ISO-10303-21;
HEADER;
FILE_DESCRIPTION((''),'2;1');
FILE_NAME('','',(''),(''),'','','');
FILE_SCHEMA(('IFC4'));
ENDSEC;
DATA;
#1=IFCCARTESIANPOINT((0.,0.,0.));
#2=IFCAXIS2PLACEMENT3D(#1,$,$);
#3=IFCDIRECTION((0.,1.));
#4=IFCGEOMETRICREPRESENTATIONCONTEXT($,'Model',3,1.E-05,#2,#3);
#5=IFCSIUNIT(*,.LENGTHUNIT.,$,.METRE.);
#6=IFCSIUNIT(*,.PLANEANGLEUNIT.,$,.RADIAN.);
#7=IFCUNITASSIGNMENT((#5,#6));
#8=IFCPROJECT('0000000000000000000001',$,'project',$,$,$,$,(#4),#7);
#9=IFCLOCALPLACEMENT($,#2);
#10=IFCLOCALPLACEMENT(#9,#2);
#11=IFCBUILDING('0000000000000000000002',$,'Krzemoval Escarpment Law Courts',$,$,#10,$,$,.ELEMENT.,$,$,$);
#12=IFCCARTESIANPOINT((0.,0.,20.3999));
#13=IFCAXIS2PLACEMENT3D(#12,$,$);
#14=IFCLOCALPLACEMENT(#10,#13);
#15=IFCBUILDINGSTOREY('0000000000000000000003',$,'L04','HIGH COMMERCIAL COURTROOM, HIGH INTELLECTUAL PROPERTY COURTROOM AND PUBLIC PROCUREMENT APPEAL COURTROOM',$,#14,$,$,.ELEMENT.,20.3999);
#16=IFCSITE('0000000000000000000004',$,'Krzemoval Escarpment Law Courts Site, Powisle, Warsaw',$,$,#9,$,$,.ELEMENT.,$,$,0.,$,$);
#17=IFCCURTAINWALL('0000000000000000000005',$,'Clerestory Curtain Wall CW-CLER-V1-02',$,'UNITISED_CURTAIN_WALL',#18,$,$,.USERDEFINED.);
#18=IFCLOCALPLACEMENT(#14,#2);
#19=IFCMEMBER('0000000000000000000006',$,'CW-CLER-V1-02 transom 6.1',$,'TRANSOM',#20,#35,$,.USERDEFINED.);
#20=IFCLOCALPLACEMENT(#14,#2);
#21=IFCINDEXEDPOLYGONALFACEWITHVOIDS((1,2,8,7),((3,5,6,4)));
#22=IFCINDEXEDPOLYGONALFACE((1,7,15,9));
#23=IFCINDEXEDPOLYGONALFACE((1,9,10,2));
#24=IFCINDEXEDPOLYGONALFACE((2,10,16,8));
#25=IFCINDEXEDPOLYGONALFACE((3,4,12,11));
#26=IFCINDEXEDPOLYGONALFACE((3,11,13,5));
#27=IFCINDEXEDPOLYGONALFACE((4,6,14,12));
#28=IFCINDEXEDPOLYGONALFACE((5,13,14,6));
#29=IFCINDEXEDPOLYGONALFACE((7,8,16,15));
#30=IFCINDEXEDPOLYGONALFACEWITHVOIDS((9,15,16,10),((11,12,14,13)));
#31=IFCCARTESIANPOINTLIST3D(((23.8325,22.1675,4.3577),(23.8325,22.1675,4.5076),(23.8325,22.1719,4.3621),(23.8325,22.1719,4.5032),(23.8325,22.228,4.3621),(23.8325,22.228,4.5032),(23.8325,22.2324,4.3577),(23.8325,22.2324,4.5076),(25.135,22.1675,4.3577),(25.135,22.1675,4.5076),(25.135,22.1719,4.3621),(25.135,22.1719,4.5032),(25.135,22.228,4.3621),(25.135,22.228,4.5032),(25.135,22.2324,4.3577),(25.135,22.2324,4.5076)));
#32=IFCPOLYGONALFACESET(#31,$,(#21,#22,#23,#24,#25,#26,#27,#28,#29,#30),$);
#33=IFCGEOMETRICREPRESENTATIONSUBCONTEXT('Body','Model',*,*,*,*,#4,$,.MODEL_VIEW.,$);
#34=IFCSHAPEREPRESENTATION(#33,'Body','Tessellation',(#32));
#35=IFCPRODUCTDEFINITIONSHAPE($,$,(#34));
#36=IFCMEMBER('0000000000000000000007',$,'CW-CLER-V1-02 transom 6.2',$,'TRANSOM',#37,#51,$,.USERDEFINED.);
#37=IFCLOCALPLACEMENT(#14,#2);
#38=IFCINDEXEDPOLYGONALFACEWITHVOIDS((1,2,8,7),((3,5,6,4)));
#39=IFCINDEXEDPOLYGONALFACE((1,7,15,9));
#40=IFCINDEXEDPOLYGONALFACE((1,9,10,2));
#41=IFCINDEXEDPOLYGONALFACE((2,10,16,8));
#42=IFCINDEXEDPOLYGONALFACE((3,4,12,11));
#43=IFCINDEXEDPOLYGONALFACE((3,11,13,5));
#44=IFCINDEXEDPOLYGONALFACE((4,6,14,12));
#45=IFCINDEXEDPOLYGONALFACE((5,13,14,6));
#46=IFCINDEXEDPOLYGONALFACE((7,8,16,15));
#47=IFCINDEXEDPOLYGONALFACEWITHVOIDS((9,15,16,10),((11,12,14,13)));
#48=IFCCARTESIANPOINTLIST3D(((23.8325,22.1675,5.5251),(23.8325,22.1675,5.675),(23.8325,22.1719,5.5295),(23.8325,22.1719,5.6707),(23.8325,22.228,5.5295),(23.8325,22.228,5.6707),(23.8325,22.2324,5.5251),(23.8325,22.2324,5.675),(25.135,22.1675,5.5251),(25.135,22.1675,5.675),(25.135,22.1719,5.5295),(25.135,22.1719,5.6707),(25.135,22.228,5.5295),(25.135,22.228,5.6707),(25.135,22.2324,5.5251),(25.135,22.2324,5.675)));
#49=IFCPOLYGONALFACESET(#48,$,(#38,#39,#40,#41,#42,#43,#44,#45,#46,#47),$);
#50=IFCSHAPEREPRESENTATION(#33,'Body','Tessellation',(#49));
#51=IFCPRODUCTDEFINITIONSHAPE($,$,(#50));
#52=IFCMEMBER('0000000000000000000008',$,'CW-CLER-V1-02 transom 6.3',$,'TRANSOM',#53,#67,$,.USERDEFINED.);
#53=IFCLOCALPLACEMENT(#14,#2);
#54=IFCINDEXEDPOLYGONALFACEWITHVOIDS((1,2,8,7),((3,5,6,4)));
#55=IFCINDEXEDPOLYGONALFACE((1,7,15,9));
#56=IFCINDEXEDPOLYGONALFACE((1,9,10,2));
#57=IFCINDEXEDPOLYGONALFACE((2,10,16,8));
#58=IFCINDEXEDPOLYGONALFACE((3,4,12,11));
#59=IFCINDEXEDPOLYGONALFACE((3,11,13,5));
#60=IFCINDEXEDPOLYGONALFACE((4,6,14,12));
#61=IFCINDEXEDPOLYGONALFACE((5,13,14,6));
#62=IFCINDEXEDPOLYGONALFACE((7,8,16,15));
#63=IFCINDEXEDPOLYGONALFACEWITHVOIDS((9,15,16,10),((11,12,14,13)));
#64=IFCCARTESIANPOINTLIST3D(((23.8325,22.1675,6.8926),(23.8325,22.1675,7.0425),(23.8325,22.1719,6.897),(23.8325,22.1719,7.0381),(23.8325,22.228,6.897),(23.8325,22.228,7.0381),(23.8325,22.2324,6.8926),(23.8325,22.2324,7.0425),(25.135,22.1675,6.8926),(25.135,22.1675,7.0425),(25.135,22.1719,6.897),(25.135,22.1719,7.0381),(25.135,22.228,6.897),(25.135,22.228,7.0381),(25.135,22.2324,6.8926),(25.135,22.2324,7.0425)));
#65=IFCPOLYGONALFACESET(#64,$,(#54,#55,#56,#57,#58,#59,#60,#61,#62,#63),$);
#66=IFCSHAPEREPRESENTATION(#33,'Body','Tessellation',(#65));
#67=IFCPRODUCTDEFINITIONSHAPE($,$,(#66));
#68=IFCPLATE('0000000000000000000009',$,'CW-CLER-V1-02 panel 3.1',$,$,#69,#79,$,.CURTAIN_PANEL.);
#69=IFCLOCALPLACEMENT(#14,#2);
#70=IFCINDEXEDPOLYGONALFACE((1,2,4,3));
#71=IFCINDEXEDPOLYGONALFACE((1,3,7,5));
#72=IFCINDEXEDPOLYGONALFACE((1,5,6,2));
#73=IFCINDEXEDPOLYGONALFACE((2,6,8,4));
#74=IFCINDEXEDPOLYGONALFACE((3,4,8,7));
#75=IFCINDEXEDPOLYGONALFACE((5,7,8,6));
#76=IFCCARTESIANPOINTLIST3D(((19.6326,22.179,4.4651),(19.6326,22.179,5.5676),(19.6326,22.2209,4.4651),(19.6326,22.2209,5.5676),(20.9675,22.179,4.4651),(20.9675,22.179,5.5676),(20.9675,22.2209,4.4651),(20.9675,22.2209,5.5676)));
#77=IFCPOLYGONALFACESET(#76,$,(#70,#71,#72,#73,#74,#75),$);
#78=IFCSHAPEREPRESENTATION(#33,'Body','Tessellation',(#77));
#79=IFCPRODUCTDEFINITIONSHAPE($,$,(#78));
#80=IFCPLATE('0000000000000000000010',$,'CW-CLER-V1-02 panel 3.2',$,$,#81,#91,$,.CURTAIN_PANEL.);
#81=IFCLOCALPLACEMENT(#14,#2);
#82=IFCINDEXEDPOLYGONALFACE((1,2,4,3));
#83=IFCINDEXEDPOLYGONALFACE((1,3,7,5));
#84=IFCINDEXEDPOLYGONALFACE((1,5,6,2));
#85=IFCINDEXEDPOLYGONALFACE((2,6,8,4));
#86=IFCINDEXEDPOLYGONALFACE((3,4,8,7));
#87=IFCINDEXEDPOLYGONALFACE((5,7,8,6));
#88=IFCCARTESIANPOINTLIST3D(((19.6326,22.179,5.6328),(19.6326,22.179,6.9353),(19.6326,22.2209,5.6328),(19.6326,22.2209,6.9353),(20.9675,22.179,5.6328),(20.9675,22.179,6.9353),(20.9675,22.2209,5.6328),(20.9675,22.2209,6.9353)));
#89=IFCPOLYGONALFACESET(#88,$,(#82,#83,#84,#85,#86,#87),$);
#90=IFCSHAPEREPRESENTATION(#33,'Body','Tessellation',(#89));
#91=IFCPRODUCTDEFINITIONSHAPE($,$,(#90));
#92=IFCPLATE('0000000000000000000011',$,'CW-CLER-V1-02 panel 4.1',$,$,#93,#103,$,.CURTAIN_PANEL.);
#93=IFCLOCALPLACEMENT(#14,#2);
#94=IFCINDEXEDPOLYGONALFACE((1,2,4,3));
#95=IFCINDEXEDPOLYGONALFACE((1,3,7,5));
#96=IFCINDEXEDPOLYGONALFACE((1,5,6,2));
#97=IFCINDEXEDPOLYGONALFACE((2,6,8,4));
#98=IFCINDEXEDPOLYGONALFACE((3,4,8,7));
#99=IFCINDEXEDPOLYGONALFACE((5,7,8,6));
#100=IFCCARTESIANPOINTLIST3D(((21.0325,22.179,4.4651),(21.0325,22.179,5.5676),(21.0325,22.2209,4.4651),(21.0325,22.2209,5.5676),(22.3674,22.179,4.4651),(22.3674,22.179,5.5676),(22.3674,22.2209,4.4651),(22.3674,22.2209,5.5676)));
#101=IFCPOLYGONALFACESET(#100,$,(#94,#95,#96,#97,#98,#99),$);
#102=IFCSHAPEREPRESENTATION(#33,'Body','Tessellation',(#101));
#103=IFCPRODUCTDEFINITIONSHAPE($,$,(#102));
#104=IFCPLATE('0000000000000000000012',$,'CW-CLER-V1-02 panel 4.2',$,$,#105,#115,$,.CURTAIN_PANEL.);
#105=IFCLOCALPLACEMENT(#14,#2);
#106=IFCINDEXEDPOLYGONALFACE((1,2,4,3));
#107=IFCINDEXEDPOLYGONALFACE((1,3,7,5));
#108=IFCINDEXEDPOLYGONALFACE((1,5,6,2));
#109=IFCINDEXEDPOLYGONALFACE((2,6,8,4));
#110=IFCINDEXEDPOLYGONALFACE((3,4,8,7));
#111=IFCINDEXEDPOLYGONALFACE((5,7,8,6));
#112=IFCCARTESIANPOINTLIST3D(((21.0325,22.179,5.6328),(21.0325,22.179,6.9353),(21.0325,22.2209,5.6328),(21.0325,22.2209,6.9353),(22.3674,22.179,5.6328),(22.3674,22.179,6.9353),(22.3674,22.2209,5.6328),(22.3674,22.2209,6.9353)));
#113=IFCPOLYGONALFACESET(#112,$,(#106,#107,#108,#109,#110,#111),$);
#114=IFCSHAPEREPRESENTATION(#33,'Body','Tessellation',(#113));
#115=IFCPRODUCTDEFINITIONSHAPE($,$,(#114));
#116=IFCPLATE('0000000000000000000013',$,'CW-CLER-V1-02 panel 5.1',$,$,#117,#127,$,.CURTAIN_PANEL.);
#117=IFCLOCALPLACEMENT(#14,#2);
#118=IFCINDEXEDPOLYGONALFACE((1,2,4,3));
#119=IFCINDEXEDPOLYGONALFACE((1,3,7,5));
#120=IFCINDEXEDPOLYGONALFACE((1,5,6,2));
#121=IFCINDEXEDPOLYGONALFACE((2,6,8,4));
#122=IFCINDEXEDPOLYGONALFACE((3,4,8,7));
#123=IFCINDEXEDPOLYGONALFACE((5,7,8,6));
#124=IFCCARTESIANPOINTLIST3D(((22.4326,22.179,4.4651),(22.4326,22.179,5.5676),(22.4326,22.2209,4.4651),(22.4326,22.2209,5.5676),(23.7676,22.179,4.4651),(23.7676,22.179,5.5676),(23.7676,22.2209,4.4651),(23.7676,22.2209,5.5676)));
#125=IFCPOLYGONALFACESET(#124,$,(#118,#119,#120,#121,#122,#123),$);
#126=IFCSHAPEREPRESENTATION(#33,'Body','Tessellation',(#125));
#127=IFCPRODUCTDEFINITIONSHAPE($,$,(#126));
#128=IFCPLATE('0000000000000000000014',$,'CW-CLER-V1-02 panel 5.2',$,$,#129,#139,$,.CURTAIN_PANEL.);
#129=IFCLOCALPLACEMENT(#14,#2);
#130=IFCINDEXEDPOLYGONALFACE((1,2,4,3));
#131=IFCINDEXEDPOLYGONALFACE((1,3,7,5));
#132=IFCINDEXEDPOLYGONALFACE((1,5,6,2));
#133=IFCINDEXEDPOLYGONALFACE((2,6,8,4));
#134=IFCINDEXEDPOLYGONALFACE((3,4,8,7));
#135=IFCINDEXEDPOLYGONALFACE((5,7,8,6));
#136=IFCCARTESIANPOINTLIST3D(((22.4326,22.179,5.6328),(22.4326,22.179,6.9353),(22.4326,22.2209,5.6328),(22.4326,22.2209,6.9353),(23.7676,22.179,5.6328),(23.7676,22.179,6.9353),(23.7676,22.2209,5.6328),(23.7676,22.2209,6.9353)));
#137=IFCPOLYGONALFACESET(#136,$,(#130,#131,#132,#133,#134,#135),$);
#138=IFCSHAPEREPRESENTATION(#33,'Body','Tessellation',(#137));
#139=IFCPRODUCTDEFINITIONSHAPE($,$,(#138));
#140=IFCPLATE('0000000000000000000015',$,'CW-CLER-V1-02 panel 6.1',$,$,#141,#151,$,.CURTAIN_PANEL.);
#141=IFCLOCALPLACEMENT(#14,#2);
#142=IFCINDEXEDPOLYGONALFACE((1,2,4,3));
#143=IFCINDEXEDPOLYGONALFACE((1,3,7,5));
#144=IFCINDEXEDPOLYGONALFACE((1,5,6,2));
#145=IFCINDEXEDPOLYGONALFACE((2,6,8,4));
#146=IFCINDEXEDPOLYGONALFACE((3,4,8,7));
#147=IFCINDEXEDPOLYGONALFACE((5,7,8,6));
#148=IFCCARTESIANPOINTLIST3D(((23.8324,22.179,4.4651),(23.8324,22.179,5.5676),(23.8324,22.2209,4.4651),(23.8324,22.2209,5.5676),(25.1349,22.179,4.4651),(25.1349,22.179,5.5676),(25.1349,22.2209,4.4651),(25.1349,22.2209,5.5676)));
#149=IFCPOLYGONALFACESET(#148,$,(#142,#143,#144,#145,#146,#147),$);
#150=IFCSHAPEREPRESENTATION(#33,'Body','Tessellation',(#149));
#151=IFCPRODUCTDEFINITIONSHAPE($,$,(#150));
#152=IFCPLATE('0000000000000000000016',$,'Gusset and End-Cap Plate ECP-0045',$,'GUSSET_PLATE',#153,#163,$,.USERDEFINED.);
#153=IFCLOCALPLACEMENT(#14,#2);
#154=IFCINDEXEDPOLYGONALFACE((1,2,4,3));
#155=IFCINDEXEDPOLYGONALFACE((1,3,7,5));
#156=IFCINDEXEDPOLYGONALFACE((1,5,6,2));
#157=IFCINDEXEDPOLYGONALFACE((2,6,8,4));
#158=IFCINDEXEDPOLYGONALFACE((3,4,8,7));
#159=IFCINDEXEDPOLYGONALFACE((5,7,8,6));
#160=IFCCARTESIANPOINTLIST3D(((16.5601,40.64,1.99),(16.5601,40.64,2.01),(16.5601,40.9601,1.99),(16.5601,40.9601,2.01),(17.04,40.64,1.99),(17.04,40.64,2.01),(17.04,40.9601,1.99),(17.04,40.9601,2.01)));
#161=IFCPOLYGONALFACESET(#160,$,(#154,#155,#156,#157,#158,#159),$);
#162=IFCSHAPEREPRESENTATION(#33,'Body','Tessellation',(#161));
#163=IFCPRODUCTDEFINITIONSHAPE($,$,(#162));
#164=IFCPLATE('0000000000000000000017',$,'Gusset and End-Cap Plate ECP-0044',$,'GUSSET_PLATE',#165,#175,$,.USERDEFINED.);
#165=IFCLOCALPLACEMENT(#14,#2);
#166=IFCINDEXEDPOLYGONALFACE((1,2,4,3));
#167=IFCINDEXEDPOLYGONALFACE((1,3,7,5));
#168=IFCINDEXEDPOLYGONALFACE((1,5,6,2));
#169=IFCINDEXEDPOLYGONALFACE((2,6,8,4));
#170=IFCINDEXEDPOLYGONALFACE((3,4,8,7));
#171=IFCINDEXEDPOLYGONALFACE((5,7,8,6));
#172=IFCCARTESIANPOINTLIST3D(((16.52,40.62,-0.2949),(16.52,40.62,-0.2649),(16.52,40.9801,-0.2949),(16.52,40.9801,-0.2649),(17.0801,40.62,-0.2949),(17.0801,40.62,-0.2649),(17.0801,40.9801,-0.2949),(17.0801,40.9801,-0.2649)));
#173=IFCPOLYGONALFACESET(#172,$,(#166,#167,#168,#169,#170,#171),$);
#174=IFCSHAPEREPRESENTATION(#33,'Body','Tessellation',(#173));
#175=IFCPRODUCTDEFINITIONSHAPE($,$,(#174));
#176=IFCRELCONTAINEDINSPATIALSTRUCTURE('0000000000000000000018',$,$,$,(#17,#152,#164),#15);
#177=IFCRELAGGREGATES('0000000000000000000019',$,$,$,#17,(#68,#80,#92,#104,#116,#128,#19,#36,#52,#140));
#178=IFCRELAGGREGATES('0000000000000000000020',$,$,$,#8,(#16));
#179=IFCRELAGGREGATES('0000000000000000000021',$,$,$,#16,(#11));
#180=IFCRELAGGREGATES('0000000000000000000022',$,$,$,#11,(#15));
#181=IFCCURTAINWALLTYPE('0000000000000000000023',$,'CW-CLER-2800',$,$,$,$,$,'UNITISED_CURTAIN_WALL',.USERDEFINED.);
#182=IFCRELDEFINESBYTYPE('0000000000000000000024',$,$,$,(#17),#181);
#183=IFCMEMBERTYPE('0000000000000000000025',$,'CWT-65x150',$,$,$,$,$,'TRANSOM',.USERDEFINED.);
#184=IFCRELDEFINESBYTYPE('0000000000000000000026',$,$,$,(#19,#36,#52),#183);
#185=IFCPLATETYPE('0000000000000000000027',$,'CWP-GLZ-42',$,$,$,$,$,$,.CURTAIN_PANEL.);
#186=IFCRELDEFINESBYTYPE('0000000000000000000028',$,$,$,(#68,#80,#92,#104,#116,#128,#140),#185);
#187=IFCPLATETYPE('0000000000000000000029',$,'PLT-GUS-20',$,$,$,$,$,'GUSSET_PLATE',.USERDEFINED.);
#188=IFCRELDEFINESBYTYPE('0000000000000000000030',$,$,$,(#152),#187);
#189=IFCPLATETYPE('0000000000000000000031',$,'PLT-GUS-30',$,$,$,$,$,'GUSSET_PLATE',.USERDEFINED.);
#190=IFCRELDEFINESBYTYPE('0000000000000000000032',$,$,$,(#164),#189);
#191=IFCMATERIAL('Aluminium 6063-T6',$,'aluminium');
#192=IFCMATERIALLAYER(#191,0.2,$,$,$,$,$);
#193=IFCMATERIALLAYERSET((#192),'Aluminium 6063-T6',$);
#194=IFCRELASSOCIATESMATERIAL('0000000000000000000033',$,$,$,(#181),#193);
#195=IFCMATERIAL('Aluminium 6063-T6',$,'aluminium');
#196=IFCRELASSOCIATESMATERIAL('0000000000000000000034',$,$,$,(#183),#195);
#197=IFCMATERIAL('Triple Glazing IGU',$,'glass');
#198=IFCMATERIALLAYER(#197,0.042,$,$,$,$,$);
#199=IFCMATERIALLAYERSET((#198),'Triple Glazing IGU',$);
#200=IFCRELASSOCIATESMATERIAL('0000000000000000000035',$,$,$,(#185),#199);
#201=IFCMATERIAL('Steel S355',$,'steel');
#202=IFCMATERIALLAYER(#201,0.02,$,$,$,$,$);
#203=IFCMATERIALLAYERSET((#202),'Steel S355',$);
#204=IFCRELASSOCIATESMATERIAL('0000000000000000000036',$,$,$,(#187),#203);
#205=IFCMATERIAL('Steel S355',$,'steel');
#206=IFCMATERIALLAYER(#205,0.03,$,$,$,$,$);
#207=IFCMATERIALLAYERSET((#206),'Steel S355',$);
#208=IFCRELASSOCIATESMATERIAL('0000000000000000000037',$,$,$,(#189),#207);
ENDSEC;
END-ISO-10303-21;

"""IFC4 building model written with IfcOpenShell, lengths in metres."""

from ifc_helpers import new_model, si_unit, direction, frame, origin, origin_2d, place, context, subcontext, project, spatial, rectangle, hollow_rectangle, extrude, material, layer, layer_set, material_profile, profile_set, type_object, element, aggregate, save


model = new_model("IFC4")

# Units and contexts
model_context = context("Model", 3, precision=1e-05, world=origin(), true_north=direction((0.0, 1.0)))
body_context = subcontext(model_context, "Body", "Model", "MODEL_VIEW")
ifc_project = project(units=[si_unit("LENGTHUNIT", "METRE"), si_unit("PLANEANGLEUNIT", "RADIAN")], contexts=[model_context])

# Site, building, storey
site_placement = place(None, origin())
site = spatial("IfcSite", under=ifc_project, at=site_placement, Name="Krzemoval Escarpment Law Courts Site, Powisle, Warsaw", CompositionType="ELEMENT", RefElevation=0.0)
building_placement = place(site_placement, origin())
building = spatial("IfcBuilding", under=site, at=building_placement, Name="Krzemoval Escarpment Law Courts", CompositionType="ELEMENT")
storey_placement = place(building_placement, frame((0.0, 0.0, 20.3999)))
storey = spatial("IfcBuildingStorey", under=building, at=storey_placement, Name="L04", Description="HIGH COMMERCIAL COURTROOM, HIGH INTELLECTUAL PROPERTY COURTROOM AND PUBLIC PROCUREMENT APPEAL COURTROOM", CompositionType="ELEMENT", Elevation=20.3999)

# Curtain wall, members, plates
ifc_material_1 = material(Name="Aluminium 6063-T6", Category="aluminium")
ifc_layer_1 = layer(ifc_material_1, 0.2)
ifc_layer_set_1 = layer_set([ifc_layer_1], Name="Aluminium 6063-T6")
curtain_wall_type = type_object("IfcCurtainWallType", Name="CW-CLER-2800", ElementType="UNITISED_CURTAIN_WALL", PredefinedType="USERDEFINED", material=ifc_layer_set_1)
curtain_wall_placement = place(storey_placement, origin())
curtain_wall = element("IfcCurtainWall", 1, at=curtain_wall_placement, inside=storey, type_object=curtain_wall_type, Name="Clerestory Curtain Wall CW-CLER-V1-02", ObjectType="UNITISED_CURTAIN_WALL", PredefinedType="USERDEFINED")
ifc_material_2 = material(Name="Aluminium 6063-T6", Category="aluminium")
ifc_material_profile_1 = material_profile(ifc_material_2, hollow_rectangle(XDim=0.0649, YDim=0.1499, WallThickness=0.0044, at=origin_2d()), Name="ALU T65x150")
ifc_profile_set_1 = profile_set([ifc_material_profile_1], Name="Aluminium 6063-T6")
member_type_1 = type_object("IfcMemberType", Name="CWT-65x150", ElementType="TRANSOM", PredefinedType="USERDEFINED", material=ifc_profile_set_1)
member_1_placement = place(storey_placement, frame((23.8325, 22.2, 4.4326), z_axis=(1.0, 0.0, 0.0), x_axis=(0.0, 1.0, 0.0)))
member_1 = element("IfcMember", 2, at=member_1_placement, type_object=member_type_1, Name="CW-CLER-V1-02 transom 6.1", ObjectType="TRANSOM", PredefinedType="USERDEFINED", context=body_context, shape_type="SweptSolid", body=[
    extrude(hollow_rectangle(XDim=0.0649, YDim=0.1499, WallThickness=0.0044, at=origin_2d()), origin(), (0.0, 0.0, 1.0), 1.3025),
])
member_2_placement = place(storey_placement, frame((23.8325, 22.2, 5.6001), z_axis=(1.0, 0.0, 0.0), x_axis=(0.0, 1.0, 0.0)))
member_2 = element("IfcMember", 3, at=member_2_placement, type_object=member_type_1, Name="CW-CLER-V1-02 transom 6.2", ObjectType="TRANSOM", PredefinedType="USERDEFINED", context=body_context, shape_type="SweptSolid", body=[
    extrude(hollow_rectangle(XDim=0.0649, YDim=0.1499, WallThickness=0.0044, at=origin_2d()), origin(), (0.0, 0.0, 1.0), 1.3025),
])
member_3_placement = place(storey_placement, frame((23.8325, 22.2, 6.9675), z_axis=(1.0, 0.0, 0.0), x_axis=(0.0, 1.0, 0.0)))
member_3 = element("IfcMember", 4, at=member_3_placement, type_object=member_type_1, Name="CW-CLER-V1-02 transom 6.3", ObjectType="TRANSOM", PredefinedType="USERDEFINED", context=body_context, shape_type="SweptSolid", body=[
    extrude(hollow_rectangle(XDim=0.0649, YDim=0.1499, WallThickness=0.0044, at=origin_2d()), origin(), (0.0, 0.0, 1.0), 1.3025),
])
ifc_material_3 = material(Name="Triple Glazing IGU", Category="glass")
ifc_layer_2 = layer(ifc_material_3, 0.042)
ifc_layer_set_2 = layer_set([ifc_layer_2], Name="Triple Glazing IGU")
plate_type_1 = type_object("IfcPlateType", Name="CWP-GLZ-42", PredefinedType="CURTAIN_PANEL", material=ifc_layer_set_2)
plate_1_placement = place(storey_placement, frame((20.3, 22.2, 4.4651), z_axis=(0.0, 0.0, 1.0), x_axis=(1.0, 0.0, 0.0)))
plate_1 = element("IfcPlate", 5, at=plate_1_placement, type_object=plate_type_1, Name="CW-CLER-V1-02 panel 3.1", PredefinedType="CURTAIN_PANEL", context=body_context, shape_type="SweptSolid", body=[
    extrude(rectangle(XDim=1.335, YDim=0.042, at=origin_2d()), origin(), (0.0, 0.0, 1.0), 1.1025),
])
plate_2_placement = place(storey_placement, frame((20.3, 22.2, 5.6328), z_axis=(0.0, 0.0, 1.0), x_axis=(1.0, 0.0, 0.0)))
plate_2 = element("IfcPlate", 6, at=plate_2_placement, type_object=plate_type_1, Name="CW-CLER-V1-02 panel 3.2", PredefinedType="CURTAIN_PANEL", context=body_context, shape_type="SweptSolid", body=[
    extrude(rectangle(XDim=1.335, YDim=0.042, at=origin_2d()), origin(), (0.0, 0.0, 1.0), 1.3025),
])
plate_3_placement = place(storey_placement, frame((21.7, 22.2, 4.4651), z_axis=(0.0, 0.0, 1.0), x_axis=(1.0, 0.0, 0.0)))
plate_3 = element("IfcPlate", 7, at=plate_3_placement, type_object=plate_type_1, Name="CW-CLER-V1-02 panel 4.1", PredefinedType="CURTAIN_PANEL", context=body_context, shape_type="SweptSolid", body=[
    extrude(rectangle(XDim=1.335, YDim=0.042, at=origin_2d()), origin(), (0.0, 0.0, 1.0), 1.1025),
])
plate_4_placement = place(storey_placement, frame((21.7, 22.2, 5.6328), z_axis=(0.0, 0.0, 1.0), x_axis=(1.0, 0.0, 0.0)))
plate_4 = element("IfcPlate", 8, at=plate_4_placement, type_object=plate_type_1, Name="CW-CLER-V1-02 panel 4.2", PredefinedType="CURTAIN_PANEL", context=body_context, shape_type="SweptSolid", body=[
    extrude(rectangle(XDim=1.335, YDim=0.042, at=origin_2d()), origin(), (0.0, 0.0, 1.0), 1.3025),
])
plate_5_placement = place(storey_placement, frame((23.1001, 22.2, 4.4651), z_axis=(0.0, 0.0, 1.0), x_axis=(1.0, 0.0, 0.0)))
plate_5 = element("IfcPlate", 9, at=plate_5_placement, type_object=plate_type_1, Name="CW-CLER-V1-02 panel 5.1", PredefinedType="CURTAIN_PANEL", context=body_context, shape_type="SweptSolid", body=[
    extrude(rectangle(XDim=1.335, YDim=0.042, at=origin_2d()), origin(), (0.0, 0.0, 1.0), 1.1025),
])
plate_6_placement = place(storey_placement, frame((23.1001, 22.2, 5.6328), z_axis=(0.0, 0.0, 1.0), x_axis=(1.0, 0.0, 0.0)))
plate_6 = element("IfcPlate", 10, at=plate_6_placement, type_object=plate_type_1, Name="CW-CLER-V1-02 panel 5.2", PredefinedType="CURTAIN_PANEL", context=body_context, shape_type="SweptSolid", body=[
    extrude(rectangle(XDim=1.335, YDim=0.042, at=origin_2d()), origin(), (0.0, 0.0, 1.0), 1.3025),
])
plate_7_placement = place(storey_placement, frame((24.4836, 22.2, 4.4651), z_axis=(0.0, 0.0, 1.0), x_axis=(1.0, 0.0, 0.0)))
plate_7 = element("IfcPlate", 11, at=plate_7_placement, type_object=plate_type_1, Name="CW-CLER-V1-02 panel 6.1", PredefinedType="CURTAIN_PANEL", context=body_context, shape_type="SweptSolid", body=[
    extrude(rectangle(XDim=1.3025, YDim=0.042, at=origin_2d()), origin(), (0.0, 0.0, 1.0), 1.1025),
])
aggregate(curtain_wall, [plate_1, plate_2, plate_3, plate_4, plate_5, plate_6, member_1, member_2, member_3, plate_7])

# Plates
ifc_material_4 = material(Name="Steel S355", Category="steel")
ifc_layer_3 = layer(ifc_material_4, 0.02)
ifc_layer_set_3 = layer_set([ifc_layer_3], Name="Steel S355")
plate_type_2 = type_object("IfcPlateType", Name="PLT-GUS-20", ElementType="GUSSET_PLATE", PredefinedType="USERDEFINED", material=ifc_layer_set_3)
plate_8_placement = place(storey_placement, frame((16.8, 40.8, 1.99), z_axis=(0.0, 0.0, 1.0), x_axis=(1.0, 0.0, 0.0)))
element("IfcPlate", 12, at=plate_8_placement, inside=storey, type_object=plate_type_2, Name="Gusset and End-Cap Plate ECP-0045", ObjectType="GUSSET_PLATE", PredefinedType="USERDEFINED", context=body_context, shape_type="SweptSolid", body=[
    extrude(rectangle(XDim=0.48, YDim=0.3201, at=origin_2d()), origin(), (0.0, 0.0, 1.0), 0.02),
])
ifc_material_5 = material(Name="Steel S355", Category="steel")
ifc_layer_4 = layer(ifc_material_5, 0.03)
ifc_layer_set_4 = layer_set([ifc_layer_4], Name="Steel S355")
plate_type_3 = type_object("IfcPlateType", Name="PLT-GUS-30", ElementType="GUSSET_PLATE", PredefinedType="USERDEFINED", material=ifc_layer_set_4)
plate_9_placement = place(storey_placement, frame((16.8, 40.8, -0.2949), z_axis=(0.0, 0.0, 1.0), x_axis=(1.0, 0.0, 0.0)))
element("IfcPlate", 13, at=plate_9_placement, inside=storey, type_object=plate_type_3, Name="Gusset and End-Cap Plate ECP-0044", ObjectType="GUSSET_PLATE", PredefinedType="USERDEFINED", context=body_context, shape_type="SweptSolid", body=[
    extrude(rectangle(XDim=0.5601, YDim=0.3601, at=origin_2d()), origin(), (0.0, 0.0, 1.0), 0.03),
])

save(model, "model.ifc")
